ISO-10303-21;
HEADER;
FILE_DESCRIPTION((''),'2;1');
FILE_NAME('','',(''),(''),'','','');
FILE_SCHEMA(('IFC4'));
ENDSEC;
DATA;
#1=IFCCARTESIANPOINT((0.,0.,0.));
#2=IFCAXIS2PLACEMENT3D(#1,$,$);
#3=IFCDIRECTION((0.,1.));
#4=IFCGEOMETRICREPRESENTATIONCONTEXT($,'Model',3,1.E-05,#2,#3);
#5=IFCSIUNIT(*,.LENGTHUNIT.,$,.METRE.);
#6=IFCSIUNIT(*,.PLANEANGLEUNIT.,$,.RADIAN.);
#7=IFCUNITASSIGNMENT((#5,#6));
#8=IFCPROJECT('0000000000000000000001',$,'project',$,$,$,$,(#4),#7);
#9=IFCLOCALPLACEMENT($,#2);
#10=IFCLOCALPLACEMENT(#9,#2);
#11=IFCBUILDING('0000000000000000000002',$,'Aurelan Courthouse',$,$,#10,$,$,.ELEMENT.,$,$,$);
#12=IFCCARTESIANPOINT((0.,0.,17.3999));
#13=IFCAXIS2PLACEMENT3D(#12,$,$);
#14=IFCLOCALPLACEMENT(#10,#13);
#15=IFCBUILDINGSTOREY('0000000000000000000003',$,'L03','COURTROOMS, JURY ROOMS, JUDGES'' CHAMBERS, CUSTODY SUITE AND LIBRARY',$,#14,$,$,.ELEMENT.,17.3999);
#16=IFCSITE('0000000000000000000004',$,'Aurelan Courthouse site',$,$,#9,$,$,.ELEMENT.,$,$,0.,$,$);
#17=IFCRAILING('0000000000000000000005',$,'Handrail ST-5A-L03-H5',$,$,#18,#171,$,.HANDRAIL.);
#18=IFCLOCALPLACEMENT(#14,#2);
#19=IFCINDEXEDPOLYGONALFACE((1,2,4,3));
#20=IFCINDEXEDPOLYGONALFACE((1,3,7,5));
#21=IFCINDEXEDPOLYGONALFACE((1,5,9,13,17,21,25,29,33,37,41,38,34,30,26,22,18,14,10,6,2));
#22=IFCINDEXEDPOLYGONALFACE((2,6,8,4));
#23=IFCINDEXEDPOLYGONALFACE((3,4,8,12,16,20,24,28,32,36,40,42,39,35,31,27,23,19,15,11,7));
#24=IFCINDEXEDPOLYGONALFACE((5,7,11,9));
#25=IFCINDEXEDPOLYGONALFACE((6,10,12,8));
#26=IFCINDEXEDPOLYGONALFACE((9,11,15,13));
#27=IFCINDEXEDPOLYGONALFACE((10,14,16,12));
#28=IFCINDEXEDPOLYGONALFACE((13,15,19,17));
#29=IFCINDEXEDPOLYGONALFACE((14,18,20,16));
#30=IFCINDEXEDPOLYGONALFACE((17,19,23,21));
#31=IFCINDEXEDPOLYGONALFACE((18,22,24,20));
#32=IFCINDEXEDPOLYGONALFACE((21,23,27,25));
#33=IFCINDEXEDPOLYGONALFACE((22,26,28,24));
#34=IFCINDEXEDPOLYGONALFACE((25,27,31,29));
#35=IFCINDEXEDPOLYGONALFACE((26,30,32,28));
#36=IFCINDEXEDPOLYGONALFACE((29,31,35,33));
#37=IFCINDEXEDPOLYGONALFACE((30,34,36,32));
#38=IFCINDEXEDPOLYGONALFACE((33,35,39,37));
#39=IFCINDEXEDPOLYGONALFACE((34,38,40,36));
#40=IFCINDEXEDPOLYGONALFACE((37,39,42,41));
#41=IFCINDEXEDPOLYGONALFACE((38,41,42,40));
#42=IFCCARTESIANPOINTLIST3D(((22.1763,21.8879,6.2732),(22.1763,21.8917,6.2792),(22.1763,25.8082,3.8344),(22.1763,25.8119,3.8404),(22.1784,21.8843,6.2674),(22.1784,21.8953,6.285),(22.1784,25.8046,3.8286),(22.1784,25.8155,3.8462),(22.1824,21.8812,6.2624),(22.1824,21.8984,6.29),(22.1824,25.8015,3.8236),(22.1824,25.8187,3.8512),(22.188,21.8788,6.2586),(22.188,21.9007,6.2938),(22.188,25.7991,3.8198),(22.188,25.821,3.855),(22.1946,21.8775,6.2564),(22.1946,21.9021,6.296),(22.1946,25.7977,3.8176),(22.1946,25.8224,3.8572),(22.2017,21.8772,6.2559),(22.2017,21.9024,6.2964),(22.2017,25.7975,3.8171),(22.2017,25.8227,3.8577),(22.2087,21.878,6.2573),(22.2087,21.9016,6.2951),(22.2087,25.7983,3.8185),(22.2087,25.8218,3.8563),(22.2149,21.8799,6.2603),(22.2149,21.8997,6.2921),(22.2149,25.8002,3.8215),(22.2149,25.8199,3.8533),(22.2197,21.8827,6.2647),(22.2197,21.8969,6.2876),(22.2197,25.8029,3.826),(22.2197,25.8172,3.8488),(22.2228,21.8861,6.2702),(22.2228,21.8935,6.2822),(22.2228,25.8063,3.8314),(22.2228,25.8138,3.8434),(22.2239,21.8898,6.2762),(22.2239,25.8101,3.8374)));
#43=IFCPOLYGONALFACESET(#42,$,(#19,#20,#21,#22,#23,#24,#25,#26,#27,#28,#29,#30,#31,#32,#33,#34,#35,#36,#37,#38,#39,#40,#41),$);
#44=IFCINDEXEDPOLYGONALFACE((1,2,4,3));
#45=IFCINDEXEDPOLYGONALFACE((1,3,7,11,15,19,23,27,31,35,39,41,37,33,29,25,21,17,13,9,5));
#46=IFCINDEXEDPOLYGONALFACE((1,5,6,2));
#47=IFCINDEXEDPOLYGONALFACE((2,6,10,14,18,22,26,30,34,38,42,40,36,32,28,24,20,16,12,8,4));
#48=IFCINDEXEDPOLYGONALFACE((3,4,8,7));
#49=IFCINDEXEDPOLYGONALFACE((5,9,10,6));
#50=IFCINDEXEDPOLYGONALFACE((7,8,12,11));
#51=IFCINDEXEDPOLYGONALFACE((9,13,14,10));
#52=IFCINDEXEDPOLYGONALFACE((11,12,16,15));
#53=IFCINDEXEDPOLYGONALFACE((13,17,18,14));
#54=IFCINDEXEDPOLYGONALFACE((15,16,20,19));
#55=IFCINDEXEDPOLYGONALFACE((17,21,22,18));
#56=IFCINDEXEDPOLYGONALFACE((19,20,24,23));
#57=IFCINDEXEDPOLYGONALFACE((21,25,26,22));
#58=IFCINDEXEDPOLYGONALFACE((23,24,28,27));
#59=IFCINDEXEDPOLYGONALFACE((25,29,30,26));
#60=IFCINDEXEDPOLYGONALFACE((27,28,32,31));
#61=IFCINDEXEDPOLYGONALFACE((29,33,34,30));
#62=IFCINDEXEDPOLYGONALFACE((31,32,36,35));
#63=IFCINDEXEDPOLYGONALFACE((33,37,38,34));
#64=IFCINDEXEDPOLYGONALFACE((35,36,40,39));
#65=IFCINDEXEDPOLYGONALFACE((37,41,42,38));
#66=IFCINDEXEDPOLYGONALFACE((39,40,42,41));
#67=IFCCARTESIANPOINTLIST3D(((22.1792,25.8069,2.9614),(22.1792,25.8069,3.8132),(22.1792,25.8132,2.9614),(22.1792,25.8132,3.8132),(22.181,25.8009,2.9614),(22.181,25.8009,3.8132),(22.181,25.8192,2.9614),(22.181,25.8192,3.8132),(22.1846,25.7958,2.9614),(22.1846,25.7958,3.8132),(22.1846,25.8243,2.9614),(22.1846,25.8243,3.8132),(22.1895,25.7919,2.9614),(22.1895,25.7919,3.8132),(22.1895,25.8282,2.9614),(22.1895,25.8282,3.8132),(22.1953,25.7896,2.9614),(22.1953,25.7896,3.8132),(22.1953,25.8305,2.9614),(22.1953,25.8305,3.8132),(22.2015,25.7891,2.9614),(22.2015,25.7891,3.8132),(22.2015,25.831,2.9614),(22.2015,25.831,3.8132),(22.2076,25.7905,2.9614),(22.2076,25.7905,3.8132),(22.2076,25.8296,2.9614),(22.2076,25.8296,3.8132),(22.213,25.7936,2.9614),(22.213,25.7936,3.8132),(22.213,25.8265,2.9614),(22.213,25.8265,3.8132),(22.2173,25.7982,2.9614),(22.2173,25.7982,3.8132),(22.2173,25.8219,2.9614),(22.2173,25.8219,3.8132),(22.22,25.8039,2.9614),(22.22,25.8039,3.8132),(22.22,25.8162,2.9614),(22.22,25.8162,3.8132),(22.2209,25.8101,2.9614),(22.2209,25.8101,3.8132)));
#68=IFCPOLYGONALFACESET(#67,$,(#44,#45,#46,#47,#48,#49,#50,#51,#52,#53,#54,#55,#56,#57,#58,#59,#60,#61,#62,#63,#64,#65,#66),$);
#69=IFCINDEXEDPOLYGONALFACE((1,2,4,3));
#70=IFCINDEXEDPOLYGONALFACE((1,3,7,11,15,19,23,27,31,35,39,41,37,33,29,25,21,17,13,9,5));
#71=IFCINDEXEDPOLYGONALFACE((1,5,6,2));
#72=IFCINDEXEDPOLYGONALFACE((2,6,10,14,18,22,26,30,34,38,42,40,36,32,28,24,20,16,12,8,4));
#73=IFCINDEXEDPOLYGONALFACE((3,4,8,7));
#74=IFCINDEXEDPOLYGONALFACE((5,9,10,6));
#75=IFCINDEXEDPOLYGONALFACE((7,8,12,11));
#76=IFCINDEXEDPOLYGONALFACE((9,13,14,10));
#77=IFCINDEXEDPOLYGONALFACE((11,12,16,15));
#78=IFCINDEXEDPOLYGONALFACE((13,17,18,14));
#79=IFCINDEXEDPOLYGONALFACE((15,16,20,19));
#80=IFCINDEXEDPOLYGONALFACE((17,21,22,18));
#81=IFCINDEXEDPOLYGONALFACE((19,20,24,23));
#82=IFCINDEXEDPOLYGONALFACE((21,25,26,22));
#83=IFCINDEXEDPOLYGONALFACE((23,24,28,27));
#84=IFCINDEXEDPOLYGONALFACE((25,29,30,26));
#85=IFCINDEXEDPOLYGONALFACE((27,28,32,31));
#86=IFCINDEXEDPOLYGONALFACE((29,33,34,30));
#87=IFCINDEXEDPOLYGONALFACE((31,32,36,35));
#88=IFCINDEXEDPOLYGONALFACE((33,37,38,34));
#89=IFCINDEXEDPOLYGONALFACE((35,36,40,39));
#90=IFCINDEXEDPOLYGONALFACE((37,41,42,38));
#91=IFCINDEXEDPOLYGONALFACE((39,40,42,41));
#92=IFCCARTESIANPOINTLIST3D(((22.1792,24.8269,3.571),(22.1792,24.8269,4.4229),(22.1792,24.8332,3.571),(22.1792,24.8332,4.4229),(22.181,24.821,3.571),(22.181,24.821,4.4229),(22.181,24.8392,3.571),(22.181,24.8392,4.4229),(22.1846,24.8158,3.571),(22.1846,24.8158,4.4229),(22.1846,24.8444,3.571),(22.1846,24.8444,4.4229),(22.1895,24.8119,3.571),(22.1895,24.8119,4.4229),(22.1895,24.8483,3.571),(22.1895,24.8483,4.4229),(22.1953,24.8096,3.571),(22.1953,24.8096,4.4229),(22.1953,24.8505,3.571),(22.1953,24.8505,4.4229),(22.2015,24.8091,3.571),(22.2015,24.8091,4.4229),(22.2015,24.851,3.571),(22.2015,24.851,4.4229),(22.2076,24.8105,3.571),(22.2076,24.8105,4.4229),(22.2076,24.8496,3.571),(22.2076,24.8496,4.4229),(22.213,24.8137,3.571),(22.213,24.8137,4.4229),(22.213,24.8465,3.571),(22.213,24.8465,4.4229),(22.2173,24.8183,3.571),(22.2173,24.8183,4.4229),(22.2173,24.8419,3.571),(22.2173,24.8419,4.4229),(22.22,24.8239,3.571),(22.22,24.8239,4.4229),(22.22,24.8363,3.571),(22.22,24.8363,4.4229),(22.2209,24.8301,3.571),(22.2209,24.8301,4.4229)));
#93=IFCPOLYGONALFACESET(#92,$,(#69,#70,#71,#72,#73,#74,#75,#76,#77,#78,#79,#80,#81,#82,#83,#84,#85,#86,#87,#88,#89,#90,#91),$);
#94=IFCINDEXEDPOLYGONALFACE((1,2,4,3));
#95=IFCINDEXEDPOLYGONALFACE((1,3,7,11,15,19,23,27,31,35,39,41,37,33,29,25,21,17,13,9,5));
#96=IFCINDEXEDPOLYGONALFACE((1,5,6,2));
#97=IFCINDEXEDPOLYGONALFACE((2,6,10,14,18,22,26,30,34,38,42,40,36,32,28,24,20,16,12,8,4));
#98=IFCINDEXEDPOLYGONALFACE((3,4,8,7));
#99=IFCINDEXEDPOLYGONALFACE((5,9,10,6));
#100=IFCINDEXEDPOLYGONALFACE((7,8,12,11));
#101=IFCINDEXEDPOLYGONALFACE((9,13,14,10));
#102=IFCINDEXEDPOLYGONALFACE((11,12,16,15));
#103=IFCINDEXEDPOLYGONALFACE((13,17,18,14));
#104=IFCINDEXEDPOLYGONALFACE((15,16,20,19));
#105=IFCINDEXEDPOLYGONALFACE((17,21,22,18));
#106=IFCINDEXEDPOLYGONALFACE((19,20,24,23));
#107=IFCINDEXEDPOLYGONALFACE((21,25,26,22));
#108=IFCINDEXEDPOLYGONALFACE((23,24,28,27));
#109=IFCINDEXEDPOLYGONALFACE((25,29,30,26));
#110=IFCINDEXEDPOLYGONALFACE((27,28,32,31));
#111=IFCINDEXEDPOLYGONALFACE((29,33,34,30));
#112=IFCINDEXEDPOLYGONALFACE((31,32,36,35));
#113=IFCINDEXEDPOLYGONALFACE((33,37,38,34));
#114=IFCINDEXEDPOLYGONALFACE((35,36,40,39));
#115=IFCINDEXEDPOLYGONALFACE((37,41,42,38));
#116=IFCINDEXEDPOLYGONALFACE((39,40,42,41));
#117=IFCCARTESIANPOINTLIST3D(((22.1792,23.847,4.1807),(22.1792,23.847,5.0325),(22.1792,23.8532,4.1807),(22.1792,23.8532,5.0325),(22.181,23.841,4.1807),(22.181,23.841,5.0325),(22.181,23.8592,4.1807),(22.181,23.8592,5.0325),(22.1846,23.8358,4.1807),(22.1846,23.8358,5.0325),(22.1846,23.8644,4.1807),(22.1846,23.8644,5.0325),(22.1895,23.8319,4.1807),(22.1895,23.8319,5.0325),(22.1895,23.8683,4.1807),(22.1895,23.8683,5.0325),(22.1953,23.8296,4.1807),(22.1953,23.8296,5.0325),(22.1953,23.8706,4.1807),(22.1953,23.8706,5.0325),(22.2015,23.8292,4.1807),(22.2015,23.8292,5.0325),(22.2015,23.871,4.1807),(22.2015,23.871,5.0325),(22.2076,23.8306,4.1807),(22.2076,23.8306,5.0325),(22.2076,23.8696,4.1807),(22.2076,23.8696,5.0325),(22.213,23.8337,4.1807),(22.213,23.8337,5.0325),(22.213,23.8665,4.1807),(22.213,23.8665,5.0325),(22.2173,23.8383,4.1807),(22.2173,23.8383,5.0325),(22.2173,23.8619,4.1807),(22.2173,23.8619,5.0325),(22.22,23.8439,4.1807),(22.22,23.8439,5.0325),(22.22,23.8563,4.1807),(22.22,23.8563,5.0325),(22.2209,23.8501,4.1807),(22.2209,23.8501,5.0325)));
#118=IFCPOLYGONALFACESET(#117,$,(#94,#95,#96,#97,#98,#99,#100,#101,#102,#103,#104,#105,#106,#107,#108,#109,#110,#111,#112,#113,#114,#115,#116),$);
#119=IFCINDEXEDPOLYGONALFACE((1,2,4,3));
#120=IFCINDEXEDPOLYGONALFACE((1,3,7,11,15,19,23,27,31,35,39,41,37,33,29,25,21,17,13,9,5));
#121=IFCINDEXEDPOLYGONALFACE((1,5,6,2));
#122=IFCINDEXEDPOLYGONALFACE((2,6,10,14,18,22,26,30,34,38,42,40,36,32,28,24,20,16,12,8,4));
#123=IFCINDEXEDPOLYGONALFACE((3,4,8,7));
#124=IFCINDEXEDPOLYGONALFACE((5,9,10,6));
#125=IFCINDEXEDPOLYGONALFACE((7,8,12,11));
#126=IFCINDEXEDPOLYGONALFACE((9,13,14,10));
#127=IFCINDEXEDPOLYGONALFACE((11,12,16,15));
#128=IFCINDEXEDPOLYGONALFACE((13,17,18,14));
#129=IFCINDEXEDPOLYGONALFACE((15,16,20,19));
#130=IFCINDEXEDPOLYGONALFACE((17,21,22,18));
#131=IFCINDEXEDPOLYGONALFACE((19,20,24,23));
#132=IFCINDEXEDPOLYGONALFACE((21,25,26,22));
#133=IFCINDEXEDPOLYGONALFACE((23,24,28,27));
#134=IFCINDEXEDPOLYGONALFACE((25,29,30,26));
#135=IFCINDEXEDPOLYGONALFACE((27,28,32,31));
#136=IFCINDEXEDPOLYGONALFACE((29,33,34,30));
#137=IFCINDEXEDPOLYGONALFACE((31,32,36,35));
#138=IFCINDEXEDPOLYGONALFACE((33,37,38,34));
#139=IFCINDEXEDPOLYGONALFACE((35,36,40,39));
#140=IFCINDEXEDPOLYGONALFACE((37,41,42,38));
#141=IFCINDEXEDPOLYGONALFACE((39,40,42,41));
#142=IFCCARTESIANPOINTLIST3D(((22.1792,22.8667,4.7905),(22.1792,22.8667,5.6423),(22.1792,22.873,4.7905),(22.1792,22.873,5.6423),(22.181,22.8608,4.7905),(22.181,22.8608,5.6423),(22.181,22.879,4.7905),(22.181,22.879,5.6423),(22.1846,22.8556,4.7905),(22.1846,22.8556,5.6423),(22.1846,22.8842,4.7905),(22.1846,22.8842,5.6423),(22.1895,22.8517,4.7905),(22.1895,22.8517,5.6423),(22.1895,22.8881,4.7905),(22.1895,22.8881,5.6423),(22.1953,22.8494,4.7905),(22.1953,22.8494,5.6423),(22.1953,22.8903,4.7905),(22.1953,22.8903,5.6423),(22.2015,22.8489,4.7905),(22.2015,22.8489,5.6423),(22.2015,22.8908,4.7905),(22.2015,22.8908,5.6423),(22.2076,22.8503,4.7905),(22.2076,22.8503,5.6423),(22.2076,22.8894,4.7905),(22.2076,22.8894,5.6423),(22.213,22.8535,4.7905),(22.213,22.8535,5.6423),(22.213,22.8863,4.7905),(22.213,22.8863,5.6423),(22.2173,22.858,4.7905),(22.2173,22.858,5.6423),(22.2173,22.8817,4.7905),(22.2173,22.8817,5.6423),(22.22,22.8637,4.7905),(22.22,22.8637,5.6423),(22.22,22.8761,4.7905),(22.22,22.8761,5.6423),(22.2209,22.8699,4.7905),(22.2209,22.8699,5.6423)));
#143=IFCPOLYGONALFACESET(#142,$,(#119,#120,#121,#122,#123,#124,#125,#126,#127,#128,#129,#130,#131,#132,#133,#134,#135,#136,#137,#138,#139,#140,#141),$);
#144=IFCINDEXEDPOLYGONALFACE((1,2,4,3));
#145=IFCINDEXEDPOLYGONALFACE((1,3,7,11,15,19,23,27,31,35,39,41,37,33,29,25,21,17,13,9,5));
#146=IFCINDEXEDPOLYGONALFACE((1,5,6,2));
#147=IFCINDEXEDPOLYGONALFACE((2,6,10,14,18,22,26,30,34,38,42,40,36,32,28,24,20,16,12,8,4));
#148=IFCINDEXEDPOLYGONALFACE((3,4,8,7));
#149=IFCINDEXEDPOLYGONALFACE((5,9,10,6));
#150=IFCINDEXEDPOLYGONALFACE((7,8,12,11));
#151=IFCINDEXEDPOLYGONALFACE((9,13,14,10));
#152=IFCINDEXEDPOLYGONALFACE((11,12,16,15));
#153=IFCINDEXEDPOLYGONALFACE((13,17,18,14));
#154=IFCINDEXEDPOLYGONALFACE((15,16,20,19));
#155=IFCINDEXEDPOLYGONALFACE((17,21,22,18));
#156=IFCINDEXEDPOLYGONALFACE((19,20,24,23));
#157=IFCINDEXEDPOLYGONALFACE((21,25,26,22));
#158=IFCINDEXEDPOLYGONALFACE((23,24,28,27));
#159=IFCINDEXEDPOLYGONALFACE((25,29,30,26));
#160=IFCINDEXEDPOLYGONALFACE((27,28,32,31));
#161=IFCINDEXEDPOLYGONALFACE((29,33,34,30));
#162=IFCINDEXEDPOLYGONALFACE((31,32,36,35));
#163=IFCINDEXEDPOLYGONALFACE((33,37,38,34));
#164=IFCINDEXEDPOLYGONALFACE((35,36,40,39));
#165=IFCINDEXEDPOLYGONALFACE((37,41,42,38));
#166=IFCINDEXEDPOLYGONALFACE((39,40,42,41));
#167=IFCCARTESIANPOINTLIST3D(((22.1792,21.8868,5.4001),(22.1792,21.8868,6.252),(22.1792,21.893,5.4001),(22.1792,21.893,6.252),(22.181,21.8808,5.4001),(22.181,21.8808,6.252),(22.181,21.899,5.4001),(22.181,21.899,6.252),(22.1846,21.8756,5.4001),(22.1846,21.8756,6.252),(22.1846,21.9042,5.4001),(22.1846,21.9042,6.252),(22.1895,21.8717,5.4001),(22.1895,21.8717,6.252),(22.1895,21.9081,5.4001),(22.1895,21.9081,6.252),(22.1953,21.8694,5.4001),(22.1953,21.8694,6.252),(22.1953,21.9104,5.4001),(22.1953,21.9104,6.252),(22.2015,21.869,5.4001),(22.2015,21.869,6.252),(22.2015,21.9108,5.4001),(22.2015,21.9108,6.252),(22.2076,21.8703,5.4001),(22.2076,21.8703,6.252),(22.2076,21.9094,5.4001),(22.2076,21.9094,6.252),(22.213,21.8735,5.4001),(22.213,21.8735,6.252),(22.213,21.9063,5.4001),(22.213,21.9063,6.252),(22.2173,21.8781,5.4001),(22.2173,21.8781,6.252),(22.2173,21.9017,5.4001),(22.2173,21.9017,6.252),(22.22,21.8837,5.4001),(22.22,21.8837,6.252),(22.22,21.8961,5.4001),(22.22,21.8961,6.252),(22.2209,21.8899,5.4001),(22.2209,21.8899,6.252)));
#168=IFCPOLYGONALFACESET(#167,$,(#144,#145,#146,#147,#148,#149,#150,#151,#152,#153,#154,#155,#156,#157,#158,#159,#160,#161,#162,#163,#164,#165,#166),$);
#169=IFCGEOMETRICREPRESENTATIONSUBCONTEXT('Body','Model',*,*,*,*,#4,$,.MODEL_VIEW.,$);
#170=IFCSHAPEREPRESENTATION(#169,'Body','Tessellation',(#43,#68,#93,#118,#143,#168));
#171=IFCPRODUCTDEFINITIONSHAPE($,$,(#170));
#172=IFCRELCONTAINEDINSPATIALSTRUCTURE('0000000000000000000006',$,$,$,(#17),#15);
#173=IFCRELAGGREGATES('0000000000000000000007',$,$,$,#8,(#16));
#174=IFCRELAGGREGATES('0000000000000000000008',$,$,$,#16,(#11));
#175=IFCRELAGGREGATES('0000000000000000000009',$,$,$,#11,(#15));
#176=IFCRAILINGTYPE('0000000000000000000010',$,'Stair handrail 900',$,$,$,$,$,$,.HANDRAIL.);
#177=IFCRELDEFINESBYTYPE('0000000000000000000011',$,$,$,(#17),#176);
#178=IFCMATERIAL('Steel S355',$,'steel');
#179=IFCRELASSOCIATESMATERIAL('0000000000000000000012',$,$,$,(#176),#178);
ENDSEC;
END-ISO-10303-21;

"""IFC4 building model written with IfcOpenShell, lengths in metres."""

from ifc_helpers import new_model, si_unit, direction, frame, origin, origin_2d, place, context, subcontext, project, spatial, circle, extrude, material, type_object, element, save


model = new_model("IFC4")

# Units and contexts
model_context = context("Model", 3, precision=1e-05, world=origin(), true_north=direction((0.0, 1.0)))
body_context = subcontext(model_context, "Body", "Model", "MODEL_VIEW")
ifc_project = project(units=[si_unit("LENGTHUNIT", "METRE"), si_unit("PLANEANGLEUNIT", "RADIAN")], contexts=[model_context])

# Site, building, storey
site_placement = place(None, origin())
site = spatial("IfcSite", under=ifc_project, at=site_placement, Name="Aurelan Courthouse site", CompositionType="ELEMENT", RefElevation=0.0)
building_placement = place(site_placement, origin())
building = spatial("IfcBuilding", under=site, at=building_placement, Name="Aurelan Courthouse", CompositionType="ELEMENT")
storey_placement = place(building_placement, frame((0.0, 0.0, 17.3999)))
storey = spatial("IfcBuildingStorey", under=building, at=storey_placement, Name="L03", Description="COURTROOMS, JURY ROOMS, JUDGES' CHAMBERS, CUSTODY SUITE AND LIBRARY", CompositionType="ELEMENT", Elevation=17.3999)

# Railing
ifc_material_1 = material(Name="Steel S355", Category="steel")
railing_type_1 = type_object("IfcRailingType", Name="Stair handrail 900", PredefinedType="HANDRAIL", material=ifc_material_1)
for number, where, name in (
    (1, (22.2, 25.8101, 2.9614), "Handrail ST-5A-L03-H5"),
):
    element("IfcRailing", number, at=place(storey_placement, frame(where)), inside=storey, type_object=railing_type_1, Name=name, PredefinedType="HANDRAIL", context=body_context, shape_type="SweptSolid", body=[
        extrude(circle(Radius=0.0239, at=origin_2d()), frame((0.0, 0.0, 0.876), z_axis=(0.0, -0.849105, 0.528225), x_axis=(1.0, 0.0, 0.0)), (0.0, 0.0, 1.0), 4.6169),
        extrude(circle(Radius=0.021, at=origin_2d()), origin(), (0.0, 0.0, 1.0), 0.8518),
        extrude(circle(Radius=0.021, at=origin_2d()), frame((0.0, -0.98, 0.6096)), (0.0, 0.0, 1.0), 0.8518),
        extrude(circle(Radius=0.021, at=origin_2d()), frame((0.0, -1.96, 1.2192)), (0.0, 0.0, 1.0), 0.8518),
        extrude(circle(Radius=0.021, at=origin_2d()), frame((0.0, -2.9402, 1.8291)), (0.0, 0.0, 1.0), 0.8518),
        extrude(circle(Radius=0.021, at=origin_2d()), frame((0.0, -3.9202, 2.4387)), (0.0, 0.0, 1.0), 0.8518),
    ])

save(model, "model.ifc")
